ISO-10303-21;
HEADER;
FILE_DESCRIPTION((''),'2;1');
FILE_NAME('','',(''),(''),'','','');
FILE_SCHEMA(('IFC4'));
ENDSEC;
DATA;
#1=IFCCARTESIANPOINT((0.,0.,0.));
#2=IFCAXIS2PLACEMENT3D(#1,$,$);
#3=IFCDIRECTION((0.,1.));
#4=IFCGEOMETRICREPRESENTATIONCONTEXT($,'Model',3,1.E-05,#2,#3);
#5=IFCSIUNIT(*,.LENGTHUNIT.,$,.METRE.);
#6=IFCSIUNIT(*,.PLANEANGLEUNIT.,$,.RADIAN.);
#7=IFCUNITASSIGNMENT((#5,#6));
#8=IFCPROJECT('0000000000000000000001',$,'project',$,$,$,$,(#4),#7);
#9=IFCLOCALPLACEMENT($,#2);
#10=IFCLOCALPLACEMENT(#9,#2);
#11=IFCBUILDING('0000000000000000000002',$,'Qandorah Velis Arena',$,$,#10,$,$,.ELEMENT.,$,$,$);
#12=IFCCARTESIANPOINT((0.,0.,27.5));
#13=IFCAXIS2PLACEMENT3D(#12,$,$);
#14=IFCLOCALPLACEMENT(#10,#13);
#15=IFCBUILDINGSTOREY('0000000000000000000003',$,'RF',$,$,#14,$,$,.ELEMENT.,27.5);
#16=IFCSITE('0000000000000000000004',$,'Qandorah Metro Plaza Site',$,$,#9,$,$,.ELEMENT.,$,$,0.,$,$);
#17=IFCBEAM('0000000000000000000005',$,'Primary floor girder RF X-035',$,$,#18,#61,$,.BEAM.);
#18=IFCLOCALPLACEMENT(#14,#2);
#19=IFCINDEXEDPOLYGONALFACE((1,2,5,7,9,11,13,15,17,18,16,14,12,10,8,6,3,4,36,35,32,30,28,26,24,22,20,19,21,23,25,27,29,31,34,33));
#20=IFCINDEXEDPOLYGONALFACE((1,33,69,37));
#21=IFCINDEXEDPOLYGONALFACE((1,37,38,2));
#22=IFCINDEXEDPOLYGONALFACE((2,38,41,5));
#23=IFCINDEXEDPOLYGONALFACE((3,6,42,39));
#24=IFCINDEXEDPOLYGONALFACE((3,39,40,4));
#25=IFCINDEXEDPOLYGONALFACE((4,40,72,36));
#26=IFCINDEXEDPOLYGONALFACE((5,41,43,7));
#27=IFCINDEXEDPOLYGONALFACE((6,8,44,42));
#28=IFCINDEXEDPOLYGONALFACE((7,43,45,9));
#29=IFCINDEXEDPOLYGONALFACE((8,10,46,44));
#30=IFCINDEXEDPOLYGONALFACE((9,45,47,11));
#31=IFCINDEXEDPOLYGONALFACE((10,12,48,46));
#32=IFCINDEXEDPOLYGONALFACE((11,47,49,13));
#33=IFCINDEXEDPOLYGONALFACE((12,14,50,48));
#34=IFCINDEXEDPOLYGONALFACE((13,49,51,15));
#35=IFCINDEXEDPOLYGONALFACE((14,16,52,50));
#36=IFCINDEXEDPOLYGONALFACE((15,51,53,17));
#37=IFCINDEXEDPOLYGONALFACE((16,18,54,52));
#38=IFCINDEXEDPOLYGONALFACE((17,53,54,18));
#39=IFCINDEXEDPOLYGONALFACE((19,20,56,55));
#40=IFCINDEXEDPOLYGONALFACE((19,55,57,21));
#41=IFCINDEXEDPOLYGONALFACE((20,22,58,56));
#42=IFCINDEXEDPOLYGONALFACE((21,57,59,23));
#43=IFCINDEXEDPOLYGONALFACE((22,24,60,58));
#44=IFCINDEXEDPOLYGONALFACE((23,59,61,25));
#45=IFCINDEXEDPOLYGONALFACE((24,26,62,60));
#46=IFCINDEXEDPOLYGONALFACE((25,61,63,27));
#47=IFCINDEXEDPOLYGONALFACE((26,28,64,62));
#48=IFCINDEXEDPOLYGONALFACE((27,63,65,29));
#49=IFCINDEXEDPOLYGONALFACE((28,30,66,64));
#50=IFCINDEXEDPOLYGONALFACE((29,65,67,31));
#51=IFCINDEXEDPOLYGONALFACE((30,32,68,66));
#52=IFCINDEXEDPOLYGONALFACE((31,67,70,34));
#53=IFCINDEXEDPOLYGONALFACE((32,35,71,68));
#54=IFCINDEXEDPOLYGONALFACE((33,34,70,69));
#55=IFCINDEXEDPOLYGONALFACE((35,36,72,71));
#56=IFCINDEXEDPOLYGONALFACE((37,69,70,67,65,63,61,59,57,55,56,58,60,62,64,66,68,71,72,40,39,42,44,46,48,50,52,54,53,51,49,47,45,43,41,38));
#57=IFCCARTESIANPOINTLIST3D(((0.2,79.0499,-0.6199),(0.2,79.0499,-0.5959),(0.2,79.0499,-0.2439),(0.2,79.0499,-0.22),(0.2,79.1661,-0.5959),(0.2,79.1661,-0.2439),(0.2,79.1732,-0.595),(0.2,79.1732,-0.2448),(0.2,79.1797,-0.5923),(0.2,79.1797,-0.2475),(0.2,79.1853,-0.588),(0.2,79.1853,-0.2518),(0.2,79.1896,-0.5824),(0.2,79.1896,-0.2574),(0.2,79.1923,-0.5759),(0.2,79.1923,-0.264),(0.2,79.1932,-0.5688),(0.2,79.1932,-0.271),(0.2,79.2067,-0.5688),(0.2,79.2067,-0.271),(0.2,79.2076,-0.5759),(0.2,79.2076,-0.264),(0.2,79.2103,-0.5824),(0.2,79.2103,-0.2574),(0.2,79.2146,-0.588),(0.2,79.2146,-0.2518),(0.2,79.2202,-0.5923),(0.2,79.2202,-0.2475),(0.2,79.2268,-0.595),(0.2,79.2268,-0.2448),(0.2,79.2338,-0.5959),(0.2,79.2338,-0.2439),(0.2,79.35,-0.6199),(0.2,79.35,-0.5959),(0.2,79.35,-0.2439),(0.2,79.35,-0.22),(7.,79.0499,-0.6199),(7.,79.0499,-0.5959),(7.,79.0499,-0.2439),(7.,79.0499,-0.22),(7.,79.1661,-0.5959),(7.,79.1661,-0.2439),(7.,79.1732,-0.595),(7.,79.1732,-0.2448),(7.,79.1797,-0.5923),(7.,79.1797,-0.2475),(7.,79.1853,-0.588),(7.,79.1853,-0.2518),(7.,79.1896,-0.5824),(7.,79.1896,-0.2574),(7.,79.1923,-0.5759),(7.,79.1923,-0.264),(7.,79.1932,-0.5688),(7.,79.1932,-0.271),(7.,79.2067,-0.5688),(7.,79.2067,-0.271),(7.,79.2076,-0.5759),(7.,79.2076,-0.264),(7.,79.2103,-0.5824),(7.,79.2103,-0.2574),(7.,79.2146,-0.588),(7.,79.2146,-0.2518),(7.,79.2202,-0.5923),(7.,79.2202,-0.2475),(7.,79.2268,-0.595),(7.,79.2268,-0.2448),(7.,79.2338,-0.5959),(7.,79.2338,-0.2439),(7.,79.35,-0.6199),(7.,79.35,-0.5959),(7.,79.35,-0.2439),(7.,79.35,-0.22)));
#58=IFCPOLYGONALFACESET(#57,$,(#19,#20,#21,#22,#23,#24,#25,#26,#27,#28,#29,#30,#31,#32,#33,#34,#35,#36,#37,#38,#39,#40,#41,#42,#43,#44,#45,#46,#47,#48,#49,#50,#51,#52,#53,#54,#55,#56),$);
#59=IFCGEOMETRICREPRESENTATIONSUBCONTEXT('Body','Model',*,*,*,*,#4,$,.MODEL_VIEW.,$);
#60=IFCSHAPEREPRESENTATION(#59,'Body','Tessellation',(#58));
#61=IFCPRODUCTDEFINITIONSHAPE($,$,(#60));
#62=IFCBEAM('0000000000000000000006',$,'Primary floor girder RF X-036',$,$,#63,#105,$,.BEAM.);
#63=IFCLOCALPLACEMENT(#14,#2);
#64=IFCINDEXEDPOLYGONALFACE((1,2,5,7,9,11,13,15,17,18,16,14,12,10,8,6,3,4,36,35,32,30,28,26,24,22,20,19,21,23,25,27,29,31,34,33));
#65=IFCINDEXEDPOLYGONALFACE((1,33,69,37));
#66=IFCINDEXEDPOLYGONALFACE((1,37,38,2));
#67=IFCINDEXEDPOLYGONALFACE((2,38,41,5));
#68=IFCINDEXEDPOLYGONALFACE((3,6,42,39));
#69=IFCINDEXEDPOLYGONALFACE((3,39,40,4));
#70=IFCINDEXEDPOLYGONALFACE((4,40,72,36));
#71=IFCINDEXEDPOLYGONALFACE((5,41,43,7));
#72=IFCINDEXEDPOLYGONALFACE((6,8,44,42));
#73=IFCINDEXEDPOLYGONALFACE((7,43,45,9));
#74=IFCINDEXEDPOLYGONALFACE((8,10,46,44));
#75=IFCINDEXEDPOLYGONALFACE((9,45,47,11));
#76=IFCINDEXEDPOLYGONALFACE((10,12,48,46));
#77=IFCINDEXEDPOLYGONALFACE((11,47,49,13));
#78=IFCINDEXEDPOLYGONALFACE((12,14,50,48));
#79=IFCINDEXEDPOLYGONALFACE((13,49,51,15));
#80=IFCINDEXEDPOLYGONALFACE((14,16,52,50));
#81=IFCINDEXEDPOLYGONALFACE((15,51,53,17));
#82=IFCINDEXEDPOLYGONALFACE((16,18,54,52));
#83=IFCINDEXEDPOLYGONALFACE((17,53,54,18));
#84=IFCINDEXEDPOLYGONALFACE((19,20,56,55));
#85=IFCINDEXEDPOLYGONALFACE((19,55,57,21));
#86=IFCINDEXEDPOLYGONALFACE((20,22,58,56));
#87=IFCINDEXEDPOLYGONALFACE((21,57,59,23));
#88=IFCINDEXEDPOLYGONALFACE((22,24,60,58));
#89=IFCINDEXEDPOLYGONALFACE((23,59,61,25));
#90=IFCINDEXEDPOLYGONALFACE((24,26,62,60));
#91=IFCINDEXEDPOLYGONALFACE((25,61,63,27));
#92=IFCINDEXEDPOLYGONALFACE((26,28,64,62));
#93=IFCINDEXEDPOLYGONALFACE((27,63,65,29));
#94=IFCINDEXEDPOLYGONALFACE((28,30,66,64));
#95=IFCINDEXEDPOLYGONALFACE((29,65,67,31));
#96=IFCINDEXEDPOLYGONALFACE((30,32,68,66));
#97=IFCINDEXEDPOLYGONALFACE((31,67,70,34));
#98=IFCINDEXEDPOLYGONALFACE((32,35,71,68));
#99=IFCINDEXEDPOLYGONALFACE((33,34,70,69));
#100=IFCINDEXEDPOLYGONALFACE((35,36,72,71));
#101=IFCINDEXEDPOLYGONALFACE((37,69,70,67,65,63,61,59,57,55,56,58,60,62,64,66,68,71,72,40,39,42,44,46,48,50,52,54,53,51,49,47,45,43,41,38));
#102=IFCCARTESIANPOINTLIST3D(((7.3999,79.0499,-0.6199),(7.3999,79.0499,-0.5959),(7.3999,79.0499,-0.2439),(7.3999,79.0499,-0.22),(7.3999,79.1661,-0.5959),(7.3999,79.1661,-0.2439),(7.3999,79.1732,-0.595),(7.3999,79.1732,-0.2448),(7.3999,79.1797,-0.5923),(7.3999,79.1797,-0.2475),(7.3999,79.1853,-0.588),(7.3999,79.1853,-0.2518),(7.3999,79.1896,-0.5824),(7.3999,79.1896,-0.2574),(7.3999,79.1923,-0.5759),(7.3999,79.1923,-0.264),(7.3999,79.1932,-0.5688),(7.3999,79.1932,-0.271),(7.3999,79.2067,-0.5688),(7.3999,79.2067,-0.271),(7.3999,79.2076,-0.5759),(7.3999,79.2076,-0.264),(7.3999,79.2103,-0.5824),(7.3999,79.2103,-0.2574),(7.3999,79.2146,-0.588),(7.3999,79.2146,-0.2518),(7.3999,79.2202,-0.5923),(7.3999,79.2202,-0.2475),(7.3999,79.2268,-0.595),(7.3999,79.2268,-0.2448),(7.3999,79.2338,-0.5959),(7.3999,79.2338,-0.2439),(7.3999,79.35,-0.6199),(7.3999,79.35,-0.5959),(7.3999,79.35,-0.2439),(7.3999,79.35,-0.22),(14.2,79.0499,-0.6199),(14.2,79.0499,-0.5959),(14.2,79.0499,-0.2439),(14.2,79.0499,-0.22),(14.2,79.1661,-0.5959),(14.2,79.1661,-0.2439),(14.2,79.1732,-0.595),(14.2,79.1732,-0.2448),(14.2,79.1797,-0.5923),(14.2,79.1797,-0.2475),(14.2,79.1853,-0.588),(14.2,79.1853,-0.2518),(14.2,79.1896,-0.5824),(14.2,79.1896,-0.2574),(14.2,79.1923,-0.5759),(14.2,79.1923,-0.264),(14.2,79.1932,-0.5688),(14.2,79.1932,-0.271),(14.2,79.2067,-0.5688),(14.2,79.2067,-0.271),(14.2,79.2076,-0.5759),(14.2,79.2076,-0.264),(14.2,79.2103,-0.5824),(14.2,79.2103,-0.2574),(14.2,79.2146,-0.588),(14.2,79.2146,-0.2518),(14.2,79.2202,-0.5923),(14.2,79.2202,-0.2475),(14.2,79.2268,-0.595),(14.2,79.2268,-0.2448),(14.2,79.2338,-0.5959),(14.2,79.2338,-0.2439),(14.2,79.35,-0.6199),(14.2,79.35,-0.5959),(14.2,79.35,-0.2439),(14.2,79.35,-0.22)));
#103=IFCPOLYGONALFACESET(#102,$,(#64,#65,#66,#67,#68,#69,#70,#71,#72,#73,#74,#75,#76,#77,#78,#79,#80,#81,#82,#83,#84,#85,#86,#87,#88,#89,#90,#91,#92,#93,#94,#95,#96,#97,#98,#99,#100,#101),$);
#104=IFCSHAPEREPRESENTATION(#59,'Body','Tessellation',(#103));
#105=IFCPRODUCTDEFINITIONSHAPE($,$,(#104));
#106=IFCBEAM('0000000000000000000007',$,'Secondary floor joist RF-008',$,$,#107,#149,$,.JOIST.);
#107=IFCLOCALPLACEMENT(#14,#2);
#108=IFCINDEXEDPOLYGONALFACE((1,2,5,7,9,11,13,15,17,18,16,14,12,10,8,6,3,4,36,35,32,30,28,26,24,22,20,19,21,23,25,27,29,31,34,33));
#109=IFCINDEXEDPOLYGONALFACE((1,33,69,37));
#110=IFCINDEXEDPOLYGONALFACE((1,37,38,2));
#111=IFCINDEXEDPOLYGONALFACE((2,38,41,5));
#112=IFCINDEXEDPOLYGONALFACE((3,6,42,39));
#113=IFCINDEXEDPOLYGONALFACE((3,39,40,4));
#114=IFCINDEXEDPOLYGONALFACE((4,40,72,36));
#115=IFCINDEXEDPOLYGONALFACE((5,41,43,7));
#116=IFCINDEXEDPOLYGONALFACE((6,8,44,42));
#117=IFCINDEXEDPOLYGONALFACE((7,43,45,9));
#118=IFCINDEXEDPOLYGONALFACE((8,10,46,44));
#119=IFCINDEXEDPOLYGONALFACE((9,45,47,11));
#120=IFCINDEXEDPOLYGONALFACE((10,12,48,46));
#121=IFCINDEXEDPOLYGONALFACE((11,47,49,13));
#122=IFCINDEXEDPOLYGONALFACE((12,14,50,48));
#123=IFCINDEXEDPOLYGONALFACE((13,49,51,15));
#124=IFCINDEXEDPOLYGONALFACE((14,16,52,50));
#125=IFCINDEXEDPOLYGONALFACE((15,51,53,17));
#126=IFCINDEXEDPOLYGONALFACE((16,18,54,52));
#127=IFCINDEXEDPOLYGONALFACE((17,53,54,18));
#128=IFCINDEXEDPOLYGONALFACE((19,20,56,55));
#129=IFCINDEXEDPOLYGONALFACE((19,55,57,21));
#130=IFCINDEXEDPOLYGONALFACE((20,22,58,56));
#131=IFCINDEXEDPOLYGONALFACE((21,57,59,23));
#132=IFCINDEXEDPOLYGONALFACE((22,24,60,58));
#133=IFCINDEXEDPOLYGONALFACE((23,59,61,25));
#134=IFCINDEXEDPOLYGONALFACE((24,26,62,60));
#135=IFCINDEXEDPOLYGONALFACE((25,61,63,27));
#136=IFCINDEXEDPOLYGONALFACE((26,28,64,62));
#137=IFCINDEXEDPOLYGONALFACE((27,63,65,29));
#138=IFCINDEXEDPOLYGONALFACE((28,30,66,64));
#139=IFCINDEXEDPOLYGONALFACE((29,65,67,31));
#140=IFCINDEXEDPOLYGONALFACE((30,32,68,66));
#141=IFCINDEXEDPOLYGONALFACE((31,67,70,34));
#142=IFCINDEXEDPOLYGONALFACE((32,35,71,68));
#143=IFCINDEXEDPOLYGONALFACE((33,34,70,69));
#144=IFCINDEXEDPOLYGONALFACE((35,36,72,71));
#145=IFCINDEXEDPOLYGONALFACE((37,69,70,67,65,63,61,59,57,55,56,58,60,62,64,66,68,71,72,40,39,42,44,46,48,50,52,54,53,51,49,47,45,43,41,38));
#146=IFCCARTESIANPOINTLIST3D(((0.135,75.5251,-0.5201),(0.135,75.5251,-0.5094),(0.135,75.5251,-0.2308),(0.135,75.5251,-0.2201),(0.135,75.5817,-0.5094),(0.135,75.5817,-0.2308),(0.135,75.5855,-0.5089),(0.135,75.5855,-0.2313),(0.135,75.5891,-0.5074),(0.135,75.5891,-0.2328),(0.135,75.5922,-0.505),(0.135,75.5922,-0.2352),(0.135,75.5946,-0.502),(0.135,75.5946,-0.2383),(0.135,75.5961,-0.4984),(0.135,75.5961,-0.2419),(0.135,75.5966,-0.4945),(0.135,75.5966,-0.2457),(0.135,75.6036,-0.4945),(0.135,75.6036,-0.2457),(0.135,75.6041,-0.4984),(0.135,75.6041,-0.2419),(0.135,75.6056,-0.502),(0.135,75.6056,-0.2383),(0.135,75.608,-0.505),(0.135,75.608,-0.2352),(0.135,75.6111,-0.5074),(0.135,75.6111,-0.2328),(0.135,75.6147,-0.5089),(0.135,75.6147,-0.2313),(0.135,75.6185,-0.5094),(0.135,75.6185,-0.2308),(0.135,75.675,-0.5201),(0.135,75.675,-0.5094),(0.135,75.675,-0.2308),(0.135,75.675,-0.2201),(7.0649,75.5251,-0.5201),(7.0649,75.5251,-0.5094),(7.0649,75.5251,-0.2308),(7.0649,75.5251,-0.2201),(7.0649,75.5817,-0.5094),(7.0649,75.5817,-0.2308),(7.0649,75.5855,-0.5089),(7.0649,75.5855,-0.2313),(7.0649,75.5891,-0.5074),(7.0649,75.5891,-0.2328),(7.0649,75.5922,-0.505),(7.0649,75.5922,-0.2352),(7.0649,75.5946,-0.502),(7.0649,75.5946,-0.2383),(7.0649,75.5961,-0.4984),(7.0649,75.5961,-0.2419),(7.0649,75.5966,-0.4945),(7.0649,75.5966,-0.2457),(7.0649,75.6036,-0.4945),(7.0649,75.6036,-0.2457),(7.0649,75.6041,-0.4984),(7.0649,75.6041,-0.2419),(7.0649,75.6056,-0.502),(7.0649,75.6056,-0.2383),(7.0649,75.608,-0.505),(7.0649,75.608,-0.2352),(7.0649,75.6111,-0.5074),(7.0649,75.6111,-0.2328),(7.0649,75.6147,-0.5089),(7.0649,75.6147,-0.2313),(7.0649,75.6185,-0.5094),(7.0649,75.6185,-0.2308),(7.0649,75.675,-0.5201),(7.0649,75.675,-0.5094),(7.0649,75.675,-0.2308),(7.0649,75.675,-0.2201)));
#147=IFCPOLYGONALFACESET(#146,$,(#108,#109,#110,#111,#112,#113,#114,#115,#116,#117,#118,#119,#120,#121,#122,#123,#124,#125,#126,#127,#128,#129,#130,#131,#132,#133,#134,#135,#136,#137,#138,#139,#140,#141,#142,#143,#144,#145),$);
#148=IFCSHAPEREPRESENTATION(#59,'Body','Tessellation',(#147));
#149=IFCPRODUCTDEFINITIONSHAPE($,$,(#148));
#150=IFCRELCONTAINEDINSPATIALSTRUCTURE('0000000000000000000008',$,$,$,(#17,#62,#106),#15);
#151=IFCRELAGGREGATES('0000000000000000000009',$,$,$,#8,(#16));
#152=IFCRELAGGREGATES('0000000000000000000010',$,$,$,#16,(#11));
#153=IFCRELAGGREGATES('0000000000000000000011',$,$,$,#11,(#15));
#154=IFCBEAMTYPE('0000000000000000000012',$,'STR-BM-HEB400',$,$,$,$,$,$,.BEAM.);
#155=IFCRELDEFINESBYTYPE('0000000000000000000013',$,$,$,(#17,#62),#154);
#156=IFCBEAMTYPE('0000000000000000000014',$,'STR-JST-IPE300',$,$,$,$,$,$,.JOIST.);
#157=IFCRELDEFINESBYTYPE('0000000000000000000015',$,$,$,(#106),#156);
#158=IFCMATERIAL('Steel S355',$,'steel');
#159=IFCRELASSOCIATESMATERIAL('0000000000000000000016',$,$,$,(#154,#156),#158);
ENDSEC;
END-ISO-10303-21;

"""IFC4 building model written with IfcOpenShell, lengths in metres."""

from ifc_helpers import new_model, si_unit, direction, frame, origin, origin_2d, place, context, subcontext, project, spatial, i_section, extrude, material, material_profile, profile_set, type_object, element, save


model = new_model("IFC4")

# Units and contexts
model_context = context("Model", 3, precision=1e-05, world=origin(), true_north=direction((0.0, 1.0)))
body_context = subcontext(model_context, "Body", "Model", "MODEL_VIEW")
ifc_project = project(units=[si_unit("LENGTHUNIT", "METRE"), si_unit("PLANEANGLEUNIT", "RADIAN")], contexts=[model_context])

# Site, building, storey
site_placement = place(None, origin())
site = spatial("IfcSite", under=ifc_project, at=site_placement, Name="Qandorah Metro Plaza Site", CompositionType="ELEMENT", RefElevation=0.0)
building_placement = place(site_placement, origin())
building = spatial("IfcBuilding", under=site, at=building_placement, Name="Qandorah Velis Arena", CompositionType="ELEMENT")
storey_placement = place(building_placement, frame((0.0, 0.0, 27.5)))
storey = spatial("IfcBuildingStorey", under=building, at=storey_placement, Name="RF", CompositionType="ELEMENT", Elevation=27.5)

# Beams
ifc_material_1 = material(Name="Steel S355", Category="steel")
ifc_material_profile_1 = material_profile(ifc_material_1, i_section(OverallWidth=0.3, OverallDepth=0.3999, WebThickness=0.0134, FlangeThickness=0.0239, FilletRadius=0.0271, at=origin_2d()), Name="HEB 400")
ifc_profile_set_1 = profile_set([ifc_material_profile_1], Name="Steel S355")
beam_type_1 = type_object("IfcBeamType", Name="STR-BM-HEB400", PredefinedType="BEAM", material=ifc_profile_set_1)
for number, where, z_axis, x_axis, name in (
    (1, (0.2, 79.2, -0.4199), (1.0, 0.0, 0.0), (0.0, 1.0, 0.0), "Primary floor girder RF X-035"),
    (2, (7.3999, 79.2, -0.4199), (1.0, 0.0, 0.0), (0.0, 1.0, 0.0), "Primary floor girder RF X-036"),
):
    element("IfcBeam", number, at=place(storey_placement, frame(where, z_axis=z_axis, x_axis=x_axis)), inside=storey, type_object=beam_type_1, Name=name, PredefinedType="BEAM", context=body_context, shape_type="SweptSolid", body=[
        extrude(i_section(OverallWidth=0.3, OverallDepth=0.3999, WebThickness=0.0134, FlangeThickness=0.0239, FilletRadius=0.0271, at=origin_2d()), origin(), (0.0, 0.0, 1.0), 6.8),
    ])
ifc_material_profile_2 = material_profile(ifc_material_1, i_section(OverallWidth=0.1499, OverallDepth=0.3, WebThickness=0.0071, FlangeThickness=0.0107, FilletRadius=0.0149, at=origin_2d()), Name="IPE 300")
ifc_profile_set_2 = profile_set([ifc_material_profile_2], Name="Steel S355")
beam_type_2 = type_object("IfcBeamType", Name="STR-JST-IPE300", PredefinedType="JOIST", material=ifc_profile_set_2)
beam_1_placement = place(storey_placement, frame((0.135, 75.6001, -0.3701), z_axis=(1.0, 0.0, 0.0), x_axis=(0.0, 1.0, 0.0)))
element("IfcBeam", 3, at=beam_1_placement, inside=storey, type_object=beam_type_2, Name="Secondary floor joist RF-008", PredefinedType="JOIST", context=body_context, shape_type="SweptSolid", body=[
    extrude(i_section(OverallWidth=0.1499, OverallDepth=0.3, WebThickness=0.0071, FlangeThickness=0.0107, FilletRadius=0.0149, at=origin_2d()), origin(), (0.0, 0.0, 1.0), 6.9299),
])

save(model, "model.ifc")
